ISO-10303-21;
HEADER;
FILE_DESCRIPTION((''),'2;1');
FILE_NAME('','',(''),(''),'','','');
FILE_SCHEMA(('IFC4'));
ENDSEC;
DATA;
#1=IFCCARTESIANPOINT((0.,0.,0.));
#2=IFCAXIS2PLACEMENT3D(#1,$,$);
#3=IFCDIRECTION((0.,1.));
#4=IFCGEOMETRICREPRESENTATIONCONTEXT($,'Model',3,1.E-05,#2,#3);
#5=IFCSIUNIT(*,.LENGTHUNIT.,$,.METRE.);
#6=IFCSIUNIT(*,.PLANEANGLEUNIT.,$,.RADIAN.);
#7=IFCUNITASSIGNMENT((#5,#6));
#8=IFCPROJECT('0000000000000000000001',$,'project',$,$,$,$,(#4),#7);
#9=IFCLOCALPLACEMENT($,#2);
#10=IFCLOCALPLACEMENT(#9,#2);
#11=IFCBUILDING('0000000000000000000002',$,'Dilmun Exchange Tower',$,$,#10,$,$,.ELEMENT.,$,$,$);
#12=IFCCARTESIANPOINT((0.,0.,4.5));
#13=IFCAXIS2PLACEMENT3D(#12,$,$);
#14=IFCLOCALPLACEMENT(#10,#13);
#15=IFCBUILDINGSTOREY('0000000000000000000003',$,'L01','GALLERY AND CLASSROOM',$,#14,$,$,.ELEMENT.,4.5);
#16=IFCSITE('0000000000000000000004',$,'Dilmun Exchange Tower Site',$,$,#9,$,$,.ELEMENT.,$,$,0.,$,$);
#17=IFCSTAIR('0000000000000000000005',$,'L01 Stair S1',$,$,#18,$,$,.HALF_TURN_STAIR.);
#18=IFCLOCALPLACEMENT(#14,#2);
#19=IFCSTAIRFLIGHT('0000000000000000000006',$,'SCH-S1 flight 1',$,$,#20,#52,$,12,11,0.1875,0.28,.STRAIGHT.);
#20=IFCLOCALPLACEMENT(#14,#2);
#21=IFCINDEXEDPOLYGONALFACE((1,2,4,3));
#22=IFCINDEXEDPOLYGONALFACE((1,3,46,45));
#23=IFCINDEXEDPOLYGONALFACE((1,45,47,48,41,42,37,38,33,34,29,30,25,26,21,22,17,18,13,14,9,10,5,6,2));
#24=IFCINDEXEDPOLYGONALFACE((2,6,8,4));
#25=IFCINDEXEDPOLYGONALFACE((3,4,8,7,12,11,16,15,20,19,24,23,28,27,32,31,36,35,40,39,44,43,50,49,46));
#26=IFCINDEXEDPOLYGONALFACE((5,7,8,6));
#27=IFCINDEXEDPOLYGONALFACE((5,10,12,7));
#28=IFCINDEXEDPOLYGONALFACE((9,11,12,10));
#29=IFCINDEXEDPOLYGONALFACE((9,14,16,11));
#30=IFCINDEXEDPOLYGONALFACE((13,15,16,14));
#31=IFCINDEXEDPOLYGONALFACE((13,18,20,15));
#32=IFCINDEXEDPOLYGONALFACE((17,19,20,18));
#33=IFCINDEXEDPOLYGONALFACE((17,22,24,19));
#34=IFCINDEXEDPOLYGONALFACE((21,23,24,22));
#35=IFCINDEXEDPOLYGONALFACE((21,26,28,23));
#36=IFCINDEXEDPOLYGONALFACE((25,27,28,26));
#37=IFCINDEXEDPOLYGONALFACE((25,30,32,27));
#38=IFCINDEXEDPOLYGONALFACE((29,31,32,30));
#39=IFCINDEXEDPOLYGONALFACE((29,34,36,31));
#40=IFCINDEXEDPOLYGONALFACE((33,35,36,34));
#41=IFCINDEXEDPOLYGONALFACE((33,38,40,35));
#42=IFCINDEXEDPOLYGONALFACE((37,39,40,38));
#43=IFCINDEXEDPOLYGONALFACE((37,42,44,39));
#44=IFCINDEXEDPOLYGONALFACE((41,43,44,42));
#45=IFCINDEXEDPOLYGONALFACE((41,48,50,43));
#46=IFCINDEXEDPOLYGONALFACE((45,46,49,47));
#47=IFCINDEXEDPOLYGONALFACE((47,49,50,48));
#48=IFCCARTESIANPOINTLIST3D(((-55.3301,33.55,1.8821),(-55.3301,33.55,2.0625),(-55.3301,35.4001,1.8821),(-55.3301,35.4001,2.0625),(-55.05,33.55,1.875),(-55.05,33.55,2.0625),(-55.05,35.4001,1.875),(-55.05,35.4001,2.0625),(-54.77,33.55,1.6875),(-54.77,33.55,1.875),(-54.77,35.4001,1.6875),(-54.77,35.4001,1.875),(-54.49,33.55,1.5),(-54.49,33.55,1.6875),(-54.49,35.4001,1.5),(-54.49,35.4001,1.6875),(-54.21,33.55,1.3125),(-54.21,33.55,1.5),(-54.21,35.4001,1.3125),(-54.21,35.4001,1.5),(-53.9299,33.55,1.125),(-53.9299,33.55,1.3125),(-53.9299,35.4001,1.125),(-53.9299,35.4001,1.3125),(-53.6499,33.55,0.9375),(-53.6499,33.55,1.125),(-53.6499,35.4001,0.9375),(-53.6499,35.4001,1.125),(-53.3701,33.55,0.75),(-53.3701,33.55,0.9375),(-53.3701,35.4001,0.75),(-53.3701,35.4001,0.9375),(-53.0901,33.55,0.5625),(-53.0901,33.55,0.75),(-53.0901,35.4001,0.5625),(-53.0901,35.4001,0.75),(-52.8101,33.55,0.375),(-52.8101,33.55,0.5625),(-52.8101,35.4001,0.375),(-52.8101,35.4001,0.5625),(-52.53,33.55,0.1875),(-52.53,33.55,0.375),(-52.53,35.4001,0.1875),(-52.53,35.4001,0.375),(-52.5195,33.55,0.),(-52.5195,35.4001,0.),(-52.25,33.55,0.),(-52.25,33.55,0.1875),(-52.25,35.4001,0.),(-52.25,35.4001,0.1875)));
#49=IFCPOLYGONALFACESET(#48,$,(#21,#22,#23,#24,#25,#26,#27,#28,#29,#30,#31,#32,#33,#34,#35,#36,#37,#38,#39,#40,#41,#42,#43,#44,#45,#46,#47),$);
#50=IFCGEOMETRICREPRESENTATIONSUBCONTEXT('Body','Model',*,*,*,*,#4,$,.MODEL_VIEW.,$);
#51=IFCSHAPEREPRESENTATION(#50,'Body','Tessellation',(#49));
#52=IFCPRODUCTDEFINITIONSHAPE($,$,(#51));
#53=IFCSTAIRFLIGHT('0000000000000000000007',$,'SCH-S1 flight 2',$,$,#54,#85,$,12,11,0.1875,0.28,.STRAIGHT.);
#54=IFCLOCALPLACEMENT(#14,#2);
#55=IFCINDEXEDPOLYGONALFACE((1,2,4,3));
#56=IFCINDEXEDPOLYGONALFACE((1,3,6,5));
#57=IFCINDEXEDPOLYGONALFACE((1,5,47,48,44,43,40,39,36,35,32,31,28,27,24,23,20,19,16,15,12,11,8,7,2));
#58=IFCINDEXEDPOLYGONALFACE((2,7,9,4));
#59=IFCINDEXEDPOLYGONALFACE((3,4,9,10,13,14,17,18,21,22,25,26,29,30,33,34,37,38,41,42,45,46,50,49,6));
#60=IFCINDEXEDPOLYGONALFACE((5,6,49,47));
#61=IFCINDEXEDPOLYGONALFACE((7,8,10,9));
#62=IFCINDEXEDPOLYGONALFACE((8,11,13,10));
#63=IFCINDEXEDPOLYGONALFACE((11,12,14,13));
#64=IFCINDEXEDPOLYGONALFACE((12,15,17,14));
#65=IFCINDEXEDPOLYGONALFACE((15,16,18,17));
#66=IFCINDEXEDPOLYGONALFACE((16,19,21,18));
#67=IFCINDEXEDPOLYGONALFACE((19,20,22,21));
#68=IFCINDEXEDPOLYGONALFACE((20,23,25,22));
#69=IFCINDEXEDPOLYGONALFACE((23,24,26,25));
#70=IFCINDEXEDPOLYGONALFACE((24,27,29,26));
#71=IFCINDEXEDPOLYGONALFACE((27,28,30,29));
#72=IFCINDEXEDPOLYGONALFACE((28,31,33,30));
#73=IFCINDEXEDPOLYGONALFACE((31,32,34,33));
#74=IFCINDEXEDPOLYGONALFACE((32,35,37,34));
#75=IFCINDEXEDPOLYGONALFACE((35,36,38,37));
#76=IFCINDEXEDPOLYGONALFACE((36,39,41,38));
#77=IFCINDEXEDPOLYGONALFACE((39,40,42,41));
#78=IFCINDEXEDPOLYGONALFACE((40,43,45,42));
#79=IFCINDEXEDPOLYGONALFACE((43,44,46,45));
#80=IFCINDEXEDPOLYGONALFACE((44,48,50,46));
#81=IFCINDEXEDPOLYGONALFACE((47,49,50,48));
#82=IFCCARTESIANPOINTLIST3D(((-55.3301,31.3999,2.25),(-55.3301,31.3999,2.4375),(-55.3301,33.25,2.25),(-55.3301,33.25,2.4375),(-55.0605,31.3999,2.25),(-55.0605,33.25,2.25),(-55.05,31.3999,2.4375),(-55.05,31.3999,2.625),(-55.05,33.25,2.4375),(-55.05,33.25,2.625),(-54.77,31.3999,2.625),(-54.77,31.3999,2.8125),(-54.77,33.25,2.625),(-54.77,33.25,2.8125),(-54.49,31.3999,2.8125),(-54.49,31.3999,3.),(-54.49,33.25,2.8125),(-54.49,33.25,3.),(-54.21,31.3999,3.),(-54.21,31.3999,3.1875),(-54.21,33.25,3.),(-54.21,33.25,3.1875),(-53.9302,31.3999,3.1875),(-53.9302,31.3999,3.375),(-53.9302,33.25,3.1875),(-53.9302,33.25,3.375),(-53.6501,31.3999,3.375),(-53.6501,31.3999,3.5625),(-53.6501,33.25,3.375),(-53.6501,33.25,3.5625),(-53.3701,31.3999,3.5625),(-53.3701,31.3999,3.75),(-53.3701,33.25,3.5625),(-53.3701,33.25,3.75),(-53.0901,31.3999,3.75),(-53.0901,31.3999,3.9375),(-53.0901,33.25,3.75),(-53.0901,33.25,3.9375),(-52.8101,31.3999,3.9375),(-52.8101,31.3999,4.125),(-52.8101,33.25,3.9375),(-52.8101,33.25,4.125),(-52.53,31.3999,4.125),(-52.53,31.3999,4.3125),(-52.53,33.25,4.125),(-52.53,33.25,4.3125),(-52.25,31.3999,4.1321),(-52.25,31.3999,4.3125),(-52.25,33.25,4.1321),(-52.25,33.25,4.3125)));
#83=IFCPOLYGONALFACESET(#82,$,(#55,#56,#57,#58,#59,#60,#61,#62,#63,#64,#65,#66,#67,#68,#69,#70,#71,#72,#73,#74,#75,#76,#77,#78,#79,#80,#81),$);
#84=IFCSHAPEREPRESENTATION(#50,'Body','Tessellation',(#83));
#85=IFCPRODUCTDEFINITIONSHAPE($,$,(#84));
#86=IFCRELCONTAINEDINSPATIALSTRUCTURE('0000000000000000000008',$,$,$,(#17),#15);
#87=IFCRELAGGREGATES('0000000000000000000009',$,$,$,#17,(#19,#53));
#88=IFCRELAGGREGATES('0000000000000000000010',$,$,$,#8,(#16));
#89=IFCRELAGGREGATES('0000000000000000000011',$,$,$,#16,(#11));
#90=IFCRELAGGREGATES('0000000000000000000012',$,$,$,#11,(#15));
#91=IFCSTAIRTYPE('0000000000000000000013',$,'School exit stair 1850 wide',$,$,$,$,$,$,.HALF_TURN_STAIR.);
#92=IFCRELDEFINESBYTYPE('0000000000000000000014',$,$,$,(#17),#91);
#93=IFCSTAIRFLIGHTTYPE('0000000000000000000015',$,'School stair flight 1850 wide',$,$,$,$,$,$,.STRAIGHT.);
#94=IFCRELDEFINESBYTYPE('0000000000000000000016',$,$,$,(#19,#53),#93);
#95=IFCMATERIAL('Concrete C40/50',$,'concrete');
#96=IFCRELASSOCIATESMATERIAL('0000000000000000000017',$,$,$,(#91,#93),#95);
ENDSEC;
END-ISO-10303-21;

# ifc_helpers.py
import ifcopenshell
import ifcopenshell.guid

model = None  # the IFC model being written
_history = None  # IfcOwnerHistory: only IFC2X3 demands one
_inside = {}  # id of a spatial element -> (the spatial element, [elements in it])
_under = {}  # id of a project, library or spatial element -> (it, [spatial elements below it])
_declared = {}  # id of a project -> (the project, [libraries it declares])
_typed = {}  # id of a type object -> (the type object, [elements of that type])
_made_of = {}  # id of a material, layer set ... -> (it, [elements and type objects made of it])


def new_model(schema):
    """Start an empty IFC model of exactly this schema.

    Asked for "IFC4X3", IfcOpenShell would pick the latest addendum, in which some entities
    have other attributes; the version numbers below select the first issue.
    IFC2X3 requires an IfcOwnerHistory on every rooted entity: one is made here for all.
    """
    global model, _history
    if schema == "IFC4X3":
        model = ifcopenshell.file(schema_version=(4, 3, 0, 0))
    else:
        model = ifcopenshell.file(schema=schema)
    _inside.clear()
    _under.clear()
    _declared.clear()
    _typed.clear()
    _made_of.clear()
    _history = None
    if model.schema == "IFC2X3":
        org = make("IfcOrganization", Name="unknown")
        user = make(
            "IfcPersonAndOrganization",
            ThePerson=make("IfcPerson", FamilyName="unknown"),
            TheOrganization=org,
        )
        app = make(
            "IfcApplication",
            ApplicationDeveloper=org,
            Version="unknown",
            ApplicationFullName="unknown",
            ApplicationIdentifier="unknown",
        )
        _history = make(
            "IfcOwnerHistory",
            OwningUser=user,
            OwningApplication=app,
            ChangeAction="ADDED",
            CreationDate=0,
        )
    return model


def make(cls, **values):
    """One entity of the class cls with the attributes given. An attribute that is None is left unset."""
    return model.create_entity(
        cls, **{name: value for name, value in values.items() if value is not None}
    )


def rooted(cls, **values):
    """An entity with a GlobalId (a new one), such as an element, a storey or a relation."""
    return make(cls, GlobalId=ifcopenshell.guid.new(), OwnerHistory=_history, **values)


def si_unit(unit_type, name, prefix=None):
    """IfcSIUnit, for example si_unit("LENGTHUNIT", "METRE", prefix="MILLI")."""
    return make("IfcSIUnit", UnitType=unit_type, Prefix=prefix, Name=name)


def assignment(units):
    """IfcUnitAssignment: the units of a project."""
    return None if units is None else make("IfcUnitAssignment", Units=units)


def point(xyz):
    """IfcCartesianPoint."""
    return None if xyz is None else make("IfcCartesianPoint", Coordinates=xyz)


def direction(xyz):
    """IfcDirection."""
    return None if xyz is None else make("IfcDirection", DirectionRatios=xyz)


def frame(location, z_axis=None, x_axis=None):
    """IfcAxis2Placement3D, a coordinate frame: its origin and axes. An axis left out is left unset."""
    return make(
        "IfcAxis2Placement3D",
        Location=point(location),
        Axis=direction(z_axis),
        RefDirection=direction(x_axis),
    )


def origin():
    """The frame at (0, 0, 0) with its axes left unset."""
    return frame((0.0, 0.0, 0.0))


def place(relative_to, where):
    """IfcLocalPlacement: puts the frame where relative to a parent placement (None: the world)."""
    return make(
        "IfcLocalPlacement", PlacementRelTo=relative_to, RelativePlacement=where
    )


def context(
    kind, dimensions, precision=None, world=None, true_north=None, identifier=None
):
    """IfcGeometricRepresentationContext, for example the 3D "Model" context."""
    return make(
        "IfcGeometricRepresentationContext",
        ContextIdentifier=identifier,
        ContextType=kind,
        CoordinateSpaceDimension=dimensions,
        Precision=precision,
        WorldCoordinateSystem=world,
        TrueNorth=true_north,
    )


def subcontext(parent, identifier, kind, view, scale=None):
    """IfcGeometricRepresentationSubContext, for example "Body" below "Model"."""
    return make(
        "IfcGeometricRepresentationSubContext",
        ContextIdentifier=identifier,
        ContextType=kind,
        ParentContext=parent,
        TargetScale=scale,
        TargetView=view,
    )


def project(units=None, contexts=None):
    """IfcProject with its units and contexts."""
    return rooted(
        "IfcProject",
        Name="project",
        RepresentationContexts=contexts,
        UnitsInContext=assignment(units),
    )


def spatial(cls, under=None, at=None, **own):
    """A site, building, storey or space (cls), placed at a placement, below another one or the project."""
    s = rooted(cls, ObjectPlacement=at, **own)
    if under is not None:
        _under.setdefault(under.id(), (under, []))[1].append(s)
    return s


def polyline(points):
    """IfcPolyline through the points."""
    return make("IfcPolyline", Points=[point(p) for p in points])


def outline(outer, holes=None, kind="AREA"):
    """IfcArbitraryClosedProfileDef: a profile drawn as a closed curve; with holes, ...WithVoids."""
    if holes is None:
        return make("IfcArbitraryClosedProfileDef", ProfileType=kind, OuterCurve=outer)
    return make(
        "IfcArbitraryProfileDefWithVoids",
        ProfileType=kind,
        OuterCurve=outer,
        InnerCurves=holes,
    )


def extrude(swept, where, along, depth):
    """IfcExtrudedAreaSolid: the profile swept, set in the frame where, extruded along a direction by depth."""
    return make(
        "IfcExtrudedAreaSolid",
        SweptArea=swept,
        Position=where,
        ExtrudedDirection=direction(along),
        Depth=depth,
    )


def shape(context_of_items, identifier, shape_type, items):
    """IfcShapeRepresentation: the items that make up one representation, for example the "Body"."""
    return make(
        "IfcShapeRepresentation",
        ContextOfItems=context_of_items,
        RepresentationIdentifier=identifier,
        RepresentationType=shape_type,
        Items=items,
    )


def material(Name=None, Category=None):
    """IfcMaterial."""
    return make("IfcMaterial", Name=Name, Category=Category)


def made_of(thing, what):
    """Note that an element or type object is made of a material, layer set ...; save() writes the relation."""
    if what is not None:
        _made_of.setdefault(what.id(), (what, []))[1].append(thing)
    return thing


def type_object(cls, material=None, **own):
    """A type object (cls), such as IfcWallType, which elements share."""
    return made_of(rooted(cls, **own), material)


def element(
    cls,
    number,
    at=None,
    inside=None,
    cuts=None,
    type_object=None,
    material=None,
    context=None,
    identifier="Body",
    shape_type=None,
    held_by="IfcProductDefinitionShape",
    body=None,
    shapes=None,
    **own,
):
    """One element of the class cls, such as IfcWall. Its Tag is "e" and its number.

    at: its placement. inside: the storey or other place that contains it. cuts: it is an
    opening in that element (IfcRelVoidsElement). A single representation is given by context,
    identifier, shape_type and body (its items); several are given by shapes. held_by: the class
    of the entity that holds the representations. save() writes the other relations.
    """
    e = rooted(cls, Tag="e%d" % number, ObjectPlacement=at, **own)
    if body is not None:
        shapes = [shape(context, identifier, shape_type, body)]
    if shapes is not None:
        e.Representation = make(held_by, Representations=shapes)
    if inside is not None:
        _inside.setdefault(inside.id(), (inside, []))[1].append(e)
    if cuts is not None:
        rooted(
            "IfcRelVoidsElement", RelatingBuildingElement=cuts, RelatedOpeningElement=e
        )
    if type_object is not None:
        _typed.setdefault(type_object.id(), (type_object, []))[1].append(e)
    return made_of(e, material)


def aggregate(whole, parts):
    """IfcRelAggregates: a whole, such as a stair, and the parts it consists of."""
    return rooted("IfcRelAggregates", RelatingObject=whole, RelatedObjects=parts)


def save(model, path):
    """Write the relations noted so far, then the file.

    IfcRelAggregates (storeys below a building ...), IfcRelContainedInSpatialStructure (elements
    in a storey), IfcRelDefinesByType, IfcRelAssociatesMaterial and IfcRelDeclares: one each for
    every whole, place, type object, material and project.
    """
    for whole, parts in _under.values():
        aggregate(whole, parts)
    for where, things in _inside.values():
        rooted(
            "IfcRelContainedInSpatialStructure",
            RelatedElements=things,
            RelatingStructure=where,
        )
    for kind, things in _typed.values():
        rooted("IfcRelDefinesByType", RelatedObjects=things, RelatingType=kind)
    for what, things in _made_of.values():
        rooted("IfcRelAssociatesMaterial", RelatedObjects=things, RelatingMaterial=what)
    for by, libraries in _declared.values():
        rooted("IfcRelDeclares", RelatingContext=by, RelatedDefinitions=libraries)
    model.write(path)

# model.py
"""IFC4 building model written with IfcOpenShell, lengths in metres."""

from ifc_helpers import new_model, si_unit, direction, frame, origin, place, context, subcontext, project, spatial, polyline, outline, extrude, material, type_object, element, aggregate, save


model = new_model("IFC4")

# Units and contexts
model_context = context("Model", 3, precision=1e-05, world=origin(), true_north=direction((0.0, 1.0)))
body_context = subcontext(model_context, "Body", "Model", "MODEL_VIEW")
ifc_project = project(units=[si_unit("LENGTHUNIT", "METRE"), si_unit("PLANEANGLEUNIT", "RADIAN")], contexts=[model_context])

# Site, building, storey
site_placement = place(None, origin())
site = spatial("IfcSite", under=ifc_project, at=site_placement, Name="Dilmun Exchange Tower Site", CompositionType="ELEMENT", RefElevation=0.0)
building_placement = place(site_placement, origin())
building = spatial("IfcBuilding", under=site, at=building_placement, Name="Dilmun Exchange Tower", CompositionType="ELEMENT")
storey_placement = place(building_placement, frame((0.0, 0.0, 4.5)))
storey = spatial("IfcBuildingStorey", under=building, at=storey_placement, Name="L01", Description="GALLERY AND CLASSROOM", CompositionType="ELEMENT", Elevation=4.5)

# Shared definitions
ifc_material_1 = material(Name="Concrete C40/50", Category="concrete")

# Stair, stair flights
stair_type = type_object("IfcStairType", Name="School exit stair 1850 wide", PredefinedType="HALF_TURN_STAIR", material=ifc_material_1)
stair_placement = place(storey_placement, origin())
stair = element("IfcStair", 1, at=stair_placement, inside=storey, type_object=stair_type, Name="L01 Stair S1", PredefinedType="HALF_TURN_STAIR")
stair_flight_type = type_object("IfcStairFlightType", Name="School stair flight 1850 wide", PredefinedType="STRAIGHT", material=ifc_material_1)
stair_flight_1_placement = place(storey_placement, frame((-52.25, 34.4751, 0.0), z_axis=(0.0, 0.0, 1.0), x_axis=(-1.0, 0.0, 0.0)))
stair_flight_1 = element("IfcStairFlight", 2, at=stair_flight_1_placement, type_object=stair_flight_type, Name="SCH-S1 flight 1", NumberOfRisers=12, NumberOfTreads=11, PredefinedType="STRAIGHT", RiserHeight=0.1875, TreadLength=0.28, context=body_context, shape_type="SweptSolid", body=[
    extrude(outline(polyline([(0.0, 0.0), (0.0, 0.1875), (0.28, 0.1875), (0.28, 0.375), (0.5601, 0.375), (0.5601, 0.5625), (0.8401, 0.5625), (0.8401, 0.75), (1.1201, 0.75), (1.1201, 0.9375), (1.3999, 0.9375), (1.3999, 1.125), (1.6799, 1.125), (1.6799, 1.3125), (1.96, 1.3125), (1.96, 1.5), (2.24, 1.5), (2.24, 1.6875), (2.52, 1.6875), (2.52, 1.875), (2.8, 1.875), (2.8, 2.0625), (3.0801, 2.0625), (3.0801, 2.25), (3.0801, 1.8821), (0.2695, 0.0), (0.0, 0.0)])), frame((0.0, 0.925, 0.0), z_axis=(0.0, -1.0, 0.0), x_axis=(1.0, 0.0, 0.0)), (0.0, 0.0, 1.0), 1.8501),
])
stair_flight_2_placement = place(storey_placement, frame((-55.3301, 32.325, 2.25), z_axis=(0.0, 0.0, 1.0), x_axis=(1.0, 0.0, 0.0)))
stair_flight_2 = element("IfcStairFlight", 3, at=stair_flight_2_placement, type_object=stair_flight_type, Name="SCH-S1 flight 2", NumberOfRisers=12, NumberOfTreads=11, PredefinedType="STRAIGHT", RiserHeight=0.1875, TreadLength=0.28, context=body_context, shape_type="SweptSolid", body=[
    extrude(outline(polyline([(0.0, 0.0), (0.0, 0.1875), (0.28, 0.1875), (0.28, 0.375), (0.5601, 0.375), (0.5601, 0.5625), (0.8401, 0.5625), (0.8401, 0.75), (1.1201, 0.75), (1.1201, 0.9375), (1.3999, 0.9375), (1.3999, 1.125), (1.6799, 1.125), (1.6799, 1.3125), (1.96, 1.3125), (1.96, 1.5), (2.24, 1.5), (2.24, 1.6875), (2.52, 1.6875), (2.52, 1.875), (2.8, 1.875), (2.8, 2.0625), (3.0801, 2.0625), (3.0801, 2.25), (3.0801, 1.8821), (0.2695, 0.0), (0.0, 0.0)])), frame((0.0, 0.925, 0.0), z_axis=(0.0, -1.0, 0.0), x_axis=(1.0, 0.0, 0.0)), (0.0, 0.0, 1.0), 1.8501),
])
aggregate(stair, [stair_flight_1, stair_flight_2])

save(model, "model.ifc")
